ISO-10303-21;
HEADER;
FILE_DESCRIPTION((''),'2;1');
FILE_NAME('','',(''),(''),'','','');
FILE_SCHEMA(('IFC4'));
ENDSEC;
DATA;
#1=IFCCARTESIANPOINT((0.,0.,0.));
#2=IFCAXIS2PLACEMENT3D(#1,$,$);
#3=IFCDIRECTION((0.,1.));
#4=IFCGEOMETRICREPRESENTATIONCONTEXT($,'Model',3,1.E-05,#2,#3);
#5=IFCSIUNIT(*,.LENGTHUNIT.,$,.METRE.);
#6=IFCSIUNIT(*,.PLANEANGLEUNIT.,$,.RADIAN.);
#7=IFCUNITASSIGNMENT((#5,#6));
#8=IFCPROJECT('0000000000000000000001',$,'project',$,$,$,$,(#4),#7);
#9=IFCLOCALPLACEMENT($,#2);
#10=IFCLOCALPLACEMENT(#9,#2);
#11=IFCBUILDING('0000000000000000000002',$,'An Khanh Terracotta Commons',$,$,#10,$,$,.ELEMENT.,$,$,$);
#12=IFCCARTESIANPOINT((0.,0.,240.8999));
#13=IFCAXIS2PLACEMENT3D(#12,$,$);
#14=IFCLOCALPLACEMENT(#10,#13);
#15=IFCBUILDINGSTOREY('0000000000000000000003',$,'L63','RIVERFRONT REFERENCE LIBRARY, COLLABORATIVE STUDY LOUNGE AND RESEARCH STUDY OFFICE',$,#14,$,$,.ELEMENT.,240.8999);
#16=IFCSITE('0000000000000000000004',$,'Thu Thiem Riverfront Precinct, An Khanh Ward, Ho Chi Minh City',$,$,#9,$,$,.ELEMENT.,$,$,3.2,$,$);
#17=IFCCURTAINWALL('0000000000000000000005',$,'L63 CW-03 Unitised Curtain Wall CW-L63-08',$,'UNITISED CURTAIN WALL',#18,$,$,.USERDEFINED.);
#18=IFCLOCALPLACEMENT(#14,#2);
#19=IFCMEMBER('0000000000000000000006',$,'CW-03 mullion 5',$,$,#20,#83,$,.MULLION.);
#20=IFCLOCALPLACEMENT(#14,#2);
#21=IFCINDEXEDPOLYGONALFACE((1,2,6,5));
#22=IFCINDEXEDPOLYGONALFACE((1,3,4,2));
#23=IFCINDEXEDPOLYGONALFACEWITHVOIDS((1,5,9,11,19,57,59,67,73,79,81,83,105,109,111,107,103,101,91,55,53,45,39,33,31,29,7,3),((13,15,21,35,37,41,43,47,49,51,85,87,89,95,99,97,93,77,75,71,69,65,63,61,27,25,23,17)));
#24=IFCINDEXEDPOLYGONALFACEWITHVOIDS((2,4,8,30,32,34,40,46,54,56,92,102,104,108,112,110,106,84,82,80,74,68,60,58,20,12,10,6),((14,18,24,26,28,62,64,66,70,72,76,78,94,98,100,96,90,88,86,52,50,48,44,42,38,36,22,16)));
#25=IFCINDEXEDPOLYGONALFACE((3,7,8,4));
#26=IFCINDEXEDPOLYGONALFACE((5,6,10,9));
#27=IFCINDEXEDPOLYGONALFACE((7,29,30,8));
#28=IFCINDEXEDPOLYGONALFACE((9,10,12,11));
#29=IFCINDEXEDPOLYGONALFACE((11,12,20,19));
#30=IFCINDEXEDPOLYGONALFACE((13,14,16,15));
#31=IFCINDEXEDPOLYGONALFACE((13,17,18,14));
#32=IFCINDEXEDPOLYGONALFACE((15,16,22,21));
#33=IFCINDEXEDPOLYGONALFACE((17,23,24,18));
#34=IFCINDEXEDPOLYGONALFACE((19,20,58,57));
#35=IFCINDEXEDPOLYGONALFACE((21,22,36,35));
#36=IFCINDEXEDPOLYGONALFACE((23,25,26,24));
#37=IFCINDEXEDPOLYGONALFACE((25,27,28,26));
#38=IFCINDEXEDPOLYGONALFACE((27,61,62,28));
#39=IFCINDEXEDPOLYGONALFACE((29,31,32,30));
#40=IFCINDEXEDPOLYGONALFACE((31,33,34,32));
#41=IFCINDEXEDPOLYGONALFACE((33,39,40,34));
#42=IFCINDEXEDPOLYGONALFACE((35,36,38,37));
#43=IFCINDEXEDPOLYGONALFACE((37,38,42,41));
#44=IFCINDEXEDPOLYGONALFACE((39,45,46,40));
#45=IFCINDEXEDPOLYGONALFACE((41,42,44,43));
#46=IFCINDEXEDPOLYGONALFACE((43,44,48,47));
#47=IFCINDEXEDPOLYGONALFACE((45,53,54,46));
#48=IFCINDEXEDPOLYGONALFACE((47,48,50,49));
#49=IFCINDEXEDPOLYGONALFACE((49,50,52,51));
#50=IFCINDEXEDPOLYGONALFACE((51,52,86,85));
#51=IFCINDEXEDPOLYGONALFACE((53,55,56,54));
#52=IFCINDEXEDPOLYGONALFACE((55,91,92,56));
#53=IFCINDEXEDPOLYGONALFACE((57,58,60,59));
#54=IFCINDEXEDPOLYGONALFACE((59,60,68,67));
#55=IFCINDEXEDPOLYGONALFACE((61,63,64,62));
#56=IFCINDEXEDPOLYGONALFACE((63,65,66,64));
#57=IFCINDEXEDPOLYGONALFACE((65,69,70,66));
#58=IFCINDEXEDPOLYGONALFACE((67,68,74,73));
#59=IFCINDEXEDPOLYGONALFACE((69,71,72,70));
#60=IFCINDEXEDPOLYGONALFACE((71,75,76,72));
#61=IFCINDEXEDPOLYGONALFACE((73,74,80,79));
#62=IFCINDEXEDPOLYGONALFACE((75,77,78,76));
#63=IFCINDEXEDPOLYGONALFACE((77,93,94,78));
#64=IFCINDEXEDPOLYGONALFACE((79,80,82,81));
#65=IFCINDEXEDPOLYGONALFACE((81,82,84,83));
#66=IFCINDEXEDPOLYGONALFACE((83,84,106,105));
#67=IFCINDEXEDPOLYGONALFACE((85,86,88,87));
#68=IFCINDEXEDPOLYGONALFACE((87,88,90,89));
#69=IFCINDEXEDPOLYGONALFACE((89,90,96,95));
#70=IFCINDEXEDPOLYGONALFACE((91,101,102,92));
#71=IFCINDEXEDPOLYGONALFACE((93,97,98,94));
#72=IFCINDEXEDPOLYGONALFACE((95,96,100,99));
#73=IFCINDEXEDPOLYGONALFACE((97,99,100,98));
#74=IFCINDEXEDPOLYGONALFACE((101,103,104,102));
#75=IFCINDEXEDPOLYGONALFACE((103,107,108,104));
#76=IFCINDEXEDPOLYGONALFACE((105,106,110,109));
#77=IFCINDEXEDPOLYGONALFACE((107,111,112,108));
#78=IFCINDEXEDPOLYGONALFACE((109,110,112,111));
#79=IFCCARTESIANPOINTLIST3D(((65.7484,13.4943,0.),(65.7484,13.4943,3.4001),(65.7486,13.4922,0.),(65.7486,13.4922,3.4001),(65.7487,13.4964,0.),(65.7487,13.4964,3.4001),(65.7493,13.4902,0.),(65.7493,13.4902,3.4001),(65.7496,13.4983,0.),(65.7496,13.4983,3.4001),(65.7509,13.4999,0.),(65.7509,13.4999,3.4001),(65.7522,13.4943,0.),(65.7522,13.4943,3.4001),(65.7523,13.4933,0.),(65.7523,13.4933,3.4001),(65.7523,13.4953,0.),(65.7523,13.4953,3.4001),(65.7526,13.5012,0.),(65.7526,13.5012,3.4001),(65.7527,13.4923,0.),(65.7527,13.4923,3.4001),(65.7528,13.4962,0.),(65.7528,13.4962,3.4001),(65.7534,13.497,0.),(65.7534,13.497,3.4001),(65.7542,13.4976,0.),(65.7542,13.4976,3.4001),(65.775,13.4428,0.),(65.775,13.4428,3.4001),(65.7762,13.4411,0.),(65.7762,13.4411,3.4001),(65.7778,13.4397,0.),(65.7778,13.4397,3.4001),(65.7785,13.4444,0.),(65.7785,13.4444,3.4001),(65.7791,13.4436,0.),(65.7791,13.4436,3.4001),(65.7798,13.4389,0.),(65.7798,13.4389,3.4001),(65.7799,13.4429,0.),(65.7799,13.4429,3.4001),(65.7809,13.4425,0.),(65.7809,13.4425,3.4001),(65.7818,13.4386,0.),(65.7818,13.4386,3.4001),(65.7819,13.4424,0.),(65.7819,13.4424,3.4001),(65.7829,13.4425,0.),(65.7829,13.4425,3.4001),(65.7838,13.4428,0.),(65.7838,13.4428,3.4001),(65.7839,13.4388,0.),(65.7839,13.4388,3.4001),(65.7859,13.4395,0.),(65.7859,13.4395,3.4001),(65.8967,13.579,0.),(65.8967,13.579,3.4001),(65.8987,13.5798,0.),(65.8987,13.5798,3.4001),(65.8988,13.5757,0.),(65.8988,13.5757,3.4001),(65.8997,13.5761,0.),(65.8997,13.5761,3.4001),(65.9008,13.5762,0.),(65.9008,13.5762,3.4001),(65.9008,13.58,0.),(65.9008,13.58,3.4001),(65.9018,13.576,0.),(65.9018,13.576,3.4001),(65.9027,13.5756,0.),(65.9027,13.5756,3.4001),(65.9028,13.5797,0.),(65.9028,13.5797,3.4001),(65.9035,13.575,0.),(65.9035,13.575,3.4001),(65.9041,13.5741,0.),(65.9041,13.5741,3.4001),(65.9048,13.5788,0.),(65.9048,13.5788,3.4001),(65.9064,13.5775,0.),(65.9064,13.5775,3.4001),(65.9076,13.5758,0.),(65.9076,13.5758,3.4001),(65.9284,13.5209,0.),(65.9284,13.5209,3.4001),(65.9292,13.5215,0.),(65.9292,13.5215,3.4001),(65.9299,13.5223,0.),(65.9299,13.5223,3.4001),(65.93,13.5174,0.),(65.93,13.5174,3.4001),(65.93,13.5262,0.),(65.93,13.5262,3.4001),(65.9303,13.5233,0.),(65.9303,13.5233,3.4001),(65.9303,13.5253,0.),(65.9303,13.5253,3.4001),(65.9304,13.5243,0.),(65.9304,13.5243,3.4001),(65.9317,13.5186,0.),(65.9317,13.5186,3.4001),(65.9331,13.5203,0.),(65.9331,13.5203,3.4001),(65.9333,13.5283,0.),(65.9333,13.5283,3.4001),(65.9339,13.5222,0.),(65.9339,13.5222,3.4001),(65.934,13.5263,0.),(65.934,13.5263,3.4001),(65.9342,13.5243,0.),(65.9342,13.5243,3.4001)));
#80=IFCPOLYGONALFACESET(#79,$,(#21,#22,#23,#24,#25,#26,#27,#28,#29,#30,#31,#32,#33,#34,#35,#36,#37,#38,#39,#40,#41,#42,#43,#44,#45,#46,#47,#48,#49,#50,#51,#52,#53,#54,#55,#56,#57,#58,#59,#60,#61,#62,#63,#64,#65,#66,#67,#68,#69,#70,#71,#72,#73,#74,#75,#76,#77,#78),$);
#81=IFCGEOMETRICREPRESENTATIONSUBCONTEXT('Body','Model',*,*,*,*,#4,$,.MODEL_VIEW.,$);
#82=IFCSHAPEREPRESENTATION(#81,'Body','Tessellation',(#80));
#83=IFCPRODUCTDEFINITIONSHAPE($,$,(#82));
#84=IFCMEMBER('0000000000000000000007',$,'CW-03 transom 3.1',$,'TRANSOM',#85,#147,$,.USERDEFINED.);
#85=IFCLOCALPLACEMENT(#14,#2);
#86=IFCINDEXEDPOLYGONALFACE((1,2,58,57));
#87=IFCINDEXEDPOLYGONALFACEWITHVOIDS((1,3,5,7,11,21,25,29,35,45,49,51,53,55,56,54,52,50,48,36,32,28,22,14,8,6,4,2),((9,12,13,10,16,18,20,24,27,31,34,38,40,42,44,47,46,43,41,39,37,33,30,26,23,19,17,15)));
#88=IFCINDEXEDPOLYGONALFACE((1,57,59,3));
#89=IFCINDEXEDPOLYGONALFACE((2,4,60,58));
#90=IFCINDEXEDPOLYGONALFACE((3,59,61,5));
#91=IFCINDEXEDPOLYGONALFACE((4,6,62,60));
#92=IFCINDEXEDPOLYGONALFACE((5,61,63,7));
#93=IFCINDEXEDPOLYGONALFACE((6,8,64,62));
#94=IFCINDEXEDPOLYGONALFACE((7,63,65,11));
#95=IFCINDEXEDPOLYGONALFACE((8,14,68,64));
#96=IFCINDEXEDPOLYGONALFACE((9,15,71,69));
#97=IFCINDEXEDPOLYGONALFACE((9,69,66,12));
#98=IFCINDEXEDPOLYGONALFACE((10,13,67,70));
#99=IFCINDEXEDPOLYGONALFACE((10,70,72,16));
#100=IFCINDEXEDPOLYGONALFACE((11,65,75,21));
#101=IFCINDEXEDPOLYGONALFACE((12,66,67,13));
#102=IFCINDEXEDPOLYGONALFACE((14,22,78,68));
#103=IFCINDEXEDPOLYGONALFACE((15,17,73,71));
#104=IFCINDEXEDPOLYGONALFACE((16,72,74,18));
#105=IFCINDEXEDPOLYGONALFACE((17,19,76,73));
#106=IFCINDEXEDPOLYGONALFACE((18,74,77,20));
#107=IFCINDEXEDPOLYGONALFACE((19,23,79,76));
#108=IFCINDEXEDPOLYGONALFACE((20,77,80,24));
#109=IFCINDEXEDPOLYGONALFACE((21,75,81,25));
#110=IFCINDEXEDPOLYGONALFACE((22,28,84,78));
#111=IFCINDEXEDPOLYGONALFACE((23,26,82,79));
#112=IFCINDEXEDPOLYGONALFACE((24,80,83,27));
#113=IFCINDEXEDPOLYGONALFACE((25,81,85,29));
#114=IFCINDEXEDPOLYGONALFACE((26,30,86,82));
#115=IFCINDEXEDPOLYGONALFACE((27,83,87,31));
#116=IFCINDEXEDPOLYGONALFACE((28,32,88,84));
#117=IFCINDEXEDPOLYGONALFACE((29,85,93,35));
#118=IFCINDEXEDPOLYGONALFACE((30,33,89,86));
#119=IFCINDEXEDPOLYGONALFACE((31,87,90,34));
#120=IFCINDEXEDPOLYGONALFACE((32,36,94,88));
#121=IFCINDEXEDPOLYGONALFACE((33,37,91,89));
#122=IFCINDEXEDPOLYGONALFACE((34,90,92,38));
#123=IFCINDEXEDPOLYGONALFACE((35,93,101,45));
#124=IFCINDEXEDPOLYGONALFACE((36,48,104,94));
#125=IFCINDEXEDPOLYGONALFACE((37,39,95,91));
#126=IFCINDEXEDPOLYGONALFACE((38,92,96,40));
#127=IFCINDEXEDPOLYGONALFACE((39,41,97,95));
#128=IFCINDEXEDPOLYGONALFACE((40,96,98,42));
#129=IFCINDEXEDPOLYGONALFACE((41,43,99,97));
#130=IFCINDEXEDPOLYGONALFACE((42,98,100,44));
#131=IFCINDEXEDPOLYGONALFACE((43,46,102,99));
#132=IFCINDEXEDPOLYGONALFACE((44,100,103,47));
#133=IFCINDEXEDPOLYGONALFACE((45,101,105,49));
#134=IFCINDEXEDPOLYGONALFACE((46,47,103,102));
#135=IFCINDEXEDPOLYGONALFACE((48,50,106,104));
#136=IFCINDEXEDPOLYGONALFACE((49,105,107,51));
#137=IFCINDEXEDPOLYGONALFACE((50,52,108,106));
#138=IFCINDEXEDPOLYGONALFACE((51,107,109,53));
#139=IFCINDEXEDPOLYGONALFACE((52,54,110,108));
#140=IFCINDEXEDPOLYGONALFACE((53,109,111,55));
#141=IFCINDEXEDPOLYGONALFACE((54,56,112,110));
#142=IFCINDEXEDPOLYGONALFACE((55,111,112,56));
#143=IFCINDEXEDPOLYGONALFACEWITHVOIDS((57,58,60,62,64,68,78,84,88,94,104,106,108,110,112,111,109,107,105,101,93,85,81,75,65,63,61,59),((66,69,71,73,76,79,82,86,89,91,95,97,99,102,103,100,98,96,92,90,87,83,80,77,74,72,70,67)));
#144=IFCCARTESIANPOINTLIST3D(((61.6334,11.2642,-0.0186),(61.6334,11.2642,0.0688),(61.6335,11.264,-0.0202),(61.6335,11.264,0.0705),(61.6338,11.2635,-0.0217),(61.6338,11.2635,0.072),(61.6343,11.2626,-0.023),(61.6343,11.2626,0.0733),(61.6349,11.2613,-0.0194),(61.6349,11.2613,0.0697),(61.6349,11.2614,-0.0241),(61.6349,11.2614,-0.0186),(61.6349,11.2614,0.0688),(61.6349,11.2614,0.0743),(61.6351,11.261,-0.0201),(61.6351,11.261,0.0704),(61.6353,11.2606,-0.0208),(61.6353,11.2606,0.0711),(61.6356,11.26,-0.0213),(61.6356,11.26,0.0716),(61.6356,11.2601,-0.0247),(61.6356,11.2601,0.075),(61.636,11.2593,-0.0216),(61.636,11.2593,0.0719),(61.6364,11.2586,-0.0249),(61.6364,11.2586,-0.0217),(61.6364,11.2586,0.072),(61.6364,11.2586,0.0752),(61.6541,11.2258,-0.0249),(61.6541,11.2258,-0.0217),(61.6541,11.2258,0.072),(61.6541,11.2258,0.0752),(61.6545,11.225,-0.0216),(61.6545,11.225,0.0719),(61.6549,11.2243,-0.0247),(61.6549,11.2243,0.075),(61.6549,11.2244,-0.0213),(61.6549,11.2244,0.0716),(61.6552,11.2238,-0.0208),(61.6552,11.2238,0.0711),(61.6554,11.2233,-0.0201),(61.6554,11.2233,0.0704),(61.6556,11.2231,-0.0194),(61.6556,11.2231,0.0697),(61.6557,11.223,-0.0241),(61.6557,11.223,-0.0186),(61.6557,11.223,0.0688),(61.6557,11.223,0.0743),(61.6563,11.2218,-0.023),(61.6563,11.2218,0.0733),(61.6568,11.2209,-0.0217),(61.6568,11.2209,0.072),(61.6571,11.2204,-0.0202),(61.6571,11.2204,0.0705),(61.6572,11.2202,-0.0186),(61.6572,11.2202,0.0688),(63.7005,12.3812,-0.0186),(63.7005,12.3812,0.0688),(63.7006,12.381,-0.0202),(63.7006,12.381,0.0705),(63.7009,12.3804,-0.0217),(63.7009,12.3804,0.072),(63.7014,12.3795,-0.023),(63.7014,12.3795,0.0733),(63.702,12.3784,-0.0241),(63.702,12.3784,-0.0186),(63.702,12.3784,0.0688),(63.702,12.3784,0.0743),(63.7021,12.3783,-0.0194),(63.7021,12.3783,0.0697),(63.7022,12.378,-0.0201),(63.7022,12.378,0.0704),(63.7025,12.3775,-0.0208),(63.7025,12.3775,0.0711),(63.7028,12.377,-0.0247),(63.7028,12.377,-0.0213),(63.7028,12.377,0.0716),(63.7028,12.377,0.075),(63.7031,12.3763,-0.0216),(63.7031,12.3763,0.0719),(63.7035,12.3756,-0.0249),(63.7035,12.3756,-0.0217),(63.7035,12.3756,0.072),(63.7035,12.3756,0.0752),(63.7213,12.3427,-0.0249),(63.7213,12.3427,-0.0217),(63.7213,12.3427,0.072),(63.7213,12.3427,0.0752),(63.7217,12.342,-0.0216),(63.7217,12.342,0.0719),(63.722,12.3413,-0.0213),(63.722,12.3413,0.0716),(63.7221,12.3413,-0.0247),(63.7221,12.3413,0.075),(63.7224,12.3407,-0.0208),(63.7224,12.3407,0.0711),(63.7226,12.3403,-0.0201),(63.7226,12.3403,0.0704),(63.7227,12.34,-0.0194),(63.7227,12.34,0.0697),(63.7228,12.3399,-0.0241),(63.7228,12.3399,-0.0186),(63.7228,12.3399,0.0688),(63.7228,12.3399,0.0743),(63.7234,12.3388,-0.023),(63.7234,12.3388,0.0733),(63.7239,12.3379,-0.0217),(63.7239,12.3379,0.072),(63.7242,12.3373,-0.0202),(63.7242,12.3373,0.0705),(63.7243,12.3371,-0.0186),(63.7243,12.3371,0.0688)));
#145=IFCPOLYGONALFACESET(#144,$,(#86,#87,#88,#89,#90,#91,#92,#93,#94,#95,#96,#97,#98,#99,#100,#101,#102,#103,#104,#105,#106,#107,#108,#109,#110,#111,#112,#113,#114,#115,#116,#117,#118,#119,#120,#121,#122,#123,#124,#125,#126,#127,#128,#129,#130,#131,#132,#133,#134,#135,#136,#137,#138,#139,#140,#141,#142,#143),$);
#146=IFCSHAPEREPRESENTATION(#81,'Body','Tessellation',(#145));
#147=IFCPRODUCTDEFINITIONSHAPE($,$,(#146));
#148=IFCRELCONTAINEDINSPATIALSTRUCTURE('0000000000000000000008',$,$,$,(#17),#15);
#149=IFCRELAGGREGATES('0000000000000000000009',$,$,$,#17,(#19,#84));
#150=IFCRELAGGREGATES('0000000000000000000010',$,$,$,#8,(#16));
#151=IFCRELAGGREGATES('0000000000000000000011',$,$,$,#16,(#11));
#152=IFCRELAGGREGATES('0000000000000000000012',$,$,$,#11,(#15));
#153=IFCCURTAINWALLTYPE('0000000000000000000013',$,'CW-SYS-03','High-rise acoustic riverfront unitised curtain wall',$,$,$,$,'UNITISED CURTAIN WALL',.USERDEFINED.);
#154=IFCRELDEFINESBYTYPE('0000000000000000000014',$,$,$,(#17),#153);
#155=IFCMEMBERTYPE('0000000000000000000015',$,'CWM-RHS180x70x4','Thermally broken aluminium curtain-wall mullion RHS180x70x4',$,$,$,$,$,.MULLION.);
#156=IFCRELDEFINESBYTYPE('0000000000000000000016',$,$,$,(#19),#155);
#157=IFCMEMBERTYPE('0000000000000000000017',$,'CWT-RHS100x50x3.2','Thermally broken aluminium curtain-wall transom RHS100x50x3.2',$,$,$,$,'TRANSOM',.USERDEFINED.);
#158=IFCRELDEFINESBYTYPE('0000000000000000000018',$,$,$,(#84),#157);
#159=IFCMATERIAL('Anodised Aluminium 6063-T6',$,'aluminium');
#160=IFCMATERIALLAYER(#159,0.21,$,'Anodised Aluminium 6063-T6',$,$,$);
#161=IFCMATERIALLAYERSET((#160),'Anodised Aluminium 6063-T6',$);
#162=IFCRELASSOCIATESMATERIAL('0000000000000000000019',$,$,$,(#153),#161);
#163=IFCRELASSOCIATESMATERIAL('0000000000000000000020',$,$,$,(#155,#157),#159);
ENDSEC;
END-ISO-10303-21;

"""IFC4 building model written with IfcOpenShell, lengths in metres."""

from ifc_helpers import new_model, si_unit, direction, frame, origin, origin_2d, place, context, subcontext, project, spatial, hollow_rectangle, extrude, material, layer, layer_set, material_profile, profile_set, type_object, element, aggregate, save


model = new_model("IFC4")

# Units and contexts
model_context = context("Model", 3, precision=1e-05, world=origin(), true_north=direction((0.0, 1.0)))
body_context = subcontext(model_context, "Body", "Model", "MODEL_VIEW")
ifc_project = project(units=[si_unit("LENGTHUNIT", "METRE"), si_unit("PLANEANGLEUNIT", "RADIAN")], contexts=[model_context])

# Site, building, storey
site_placement = place(None, origin())
site = spatial("IfcSite", under=ifc_project, at=site_placement, Name="Thu Thiem Riverfront Precinct, An Khanh Ward, Ho Chi Minh City", CompositionType="ELEMENT", RefElevation=3.2)
building_placement = place(site_placement, origin())
building = spatial("IfcBuilding", under=site, at=building_placement, Name="An Khanh Terracotta Commons", CompositionType="ELEMENT")
storey_placement = place(building_placement, frame((0.0, 0.0, 240.8999)))
storey = spatial("IfcBuildingStorey", under=building, at=storey_placement, Name="L63", Description="RIVERFRONT REFERENCE LIBRARY, COLLABORATIVE STUDY LOUNGE AND RESEARCH STUDY OFFICE", CompositionType="ELEMENT", Elevation=240.8999)

# Shared definitions
ifc_material_1 = material(Name="Anodised Aluminium 6063-T6", Category="aluminium")

# Curtain wall, members
ifc_layer_1 = layer(ifc_material_1, 0.21, Name="Anodised Aluminium 6063-T6")
ifc_layer_set_1 = layer_set([ifc_layer_1], Name="Anodised Aluminium 6063-T6")
curtain_wall_type_1 = type_object("IfcCurtainWallType", Name="CW-SYS-03", Description="High-rise acoustic riverfront unitised curtain wall", ElementType="UNITISED CURTAIN WALL", PredefinedType="USERDEFINED", material=ifc_layer_set_1)
curtain_wall_1_placement = place(storey_placement, origin())
curtain_wall_1 = element("IfcCurtainWall", 1, at=curtain_wall_1_placement, inside=storey, type_object=curtain_wall_type_1, Name="L63 CW-03 Unitised Curtain Wall CW-L63-08", ObjectType="UNITISED CURTAIN WALL", PredefinedType="USERDEFINED")
ifc_material_profile_1 = material_profile(ifc_material_1, hollow_rectangle(XDim=0.0701, YDim=0.1799, WallThickness=0.0039, InnerFilletRadius=0.0039, OuterFilletRadius=0.0081, at=origin_2d()), Name="RHS180x70x4")
ifc_profile_set_1 = profile_set([ifc_material_profile_1], Name="Anodised Aluminium 6063-T6")
member_type_1 = type_object("IfcMemberType", Name="CWM-RHS180x70x4", Description="Thermally broken aluminium curtain-wall mullion RHS180x70x4", PredefinedType="MULLION", material=ifc_profile_set_1)
member_1_placement = place(storey_placement, frame((65.8413, 13.5093, 0.0), z_axis=(0.0, 0.0, 1.0), x_axis=(-0.475381, 0.87978, 0.0)))
member_1 = element("IfcMember", 2, at=member_1_placement, type_object=member_type_1, Name="CW-03 mullion 5", PredefinedType="MULLION", context=body_context, shape_type="SweptSolid", body=[
    extrude(hollow_rectangle(XDim=0.0701, YDim=0.1799, WallThickness=0.0039, InnerFilletRadius=0.0039, OuterFilletRadius=0.0081, at=origin_2d()), origin(), (0.0, 0.0, 1.0), 3.4001),
])
ifc_material_profile_2 = material_profile(ifc_material_1, hollow_rectangle(XDim=0.05, YDim=0.1001, WallThickness=0.0032, InnerFilletRadius=0.0032, OuterFilletRadius=0.0063, at=origin_2d()), Name="RHS100x50x3.2")
ifc_profile_set_2 = profile_set([ifc_material_profile_2], Name="Anodised Aluminium 6063-T6")
member_type_2 = type_object("IfcMemberType", Name="CWT-RHS100x50x3.2", Description="Thermally broken aluminium curtain-wall transom RHS100x50x3.2", ElementType="TRANSOM", PredefinedType="USERDEFINED", material=ifc_profile_set_2)
member_2_placement = place(storey_placement, frame((61.6453, 11.2422, 0.0251), z_axis=(0.879783, 0.475376, 0.0), x_axis=(-0.475376, 0.879783, 0.0)))
member_2 = element("IfcMember", 3, at=member_2_placement, type_object=member_type_2, Name="CW-03 transom 3.1", ObjectType="TRANSOM", PredefinedType="USERDEFINED", context=body_context, shape_type="SweptSolid", body=[
    extrude(hollow_rectangle(XDim=0.05, YDim=0.1001, WallThickness=0.0032, InnerFilletRadius=0.0032, OuterFilletRadius=0.0063, at=origin_2d()), origin(), (0.0, 0.0, 1.0), 2.3496),
])

aggregate(curtain_wall_1, [member_1, member_2])

save(model, "model.ifc")
